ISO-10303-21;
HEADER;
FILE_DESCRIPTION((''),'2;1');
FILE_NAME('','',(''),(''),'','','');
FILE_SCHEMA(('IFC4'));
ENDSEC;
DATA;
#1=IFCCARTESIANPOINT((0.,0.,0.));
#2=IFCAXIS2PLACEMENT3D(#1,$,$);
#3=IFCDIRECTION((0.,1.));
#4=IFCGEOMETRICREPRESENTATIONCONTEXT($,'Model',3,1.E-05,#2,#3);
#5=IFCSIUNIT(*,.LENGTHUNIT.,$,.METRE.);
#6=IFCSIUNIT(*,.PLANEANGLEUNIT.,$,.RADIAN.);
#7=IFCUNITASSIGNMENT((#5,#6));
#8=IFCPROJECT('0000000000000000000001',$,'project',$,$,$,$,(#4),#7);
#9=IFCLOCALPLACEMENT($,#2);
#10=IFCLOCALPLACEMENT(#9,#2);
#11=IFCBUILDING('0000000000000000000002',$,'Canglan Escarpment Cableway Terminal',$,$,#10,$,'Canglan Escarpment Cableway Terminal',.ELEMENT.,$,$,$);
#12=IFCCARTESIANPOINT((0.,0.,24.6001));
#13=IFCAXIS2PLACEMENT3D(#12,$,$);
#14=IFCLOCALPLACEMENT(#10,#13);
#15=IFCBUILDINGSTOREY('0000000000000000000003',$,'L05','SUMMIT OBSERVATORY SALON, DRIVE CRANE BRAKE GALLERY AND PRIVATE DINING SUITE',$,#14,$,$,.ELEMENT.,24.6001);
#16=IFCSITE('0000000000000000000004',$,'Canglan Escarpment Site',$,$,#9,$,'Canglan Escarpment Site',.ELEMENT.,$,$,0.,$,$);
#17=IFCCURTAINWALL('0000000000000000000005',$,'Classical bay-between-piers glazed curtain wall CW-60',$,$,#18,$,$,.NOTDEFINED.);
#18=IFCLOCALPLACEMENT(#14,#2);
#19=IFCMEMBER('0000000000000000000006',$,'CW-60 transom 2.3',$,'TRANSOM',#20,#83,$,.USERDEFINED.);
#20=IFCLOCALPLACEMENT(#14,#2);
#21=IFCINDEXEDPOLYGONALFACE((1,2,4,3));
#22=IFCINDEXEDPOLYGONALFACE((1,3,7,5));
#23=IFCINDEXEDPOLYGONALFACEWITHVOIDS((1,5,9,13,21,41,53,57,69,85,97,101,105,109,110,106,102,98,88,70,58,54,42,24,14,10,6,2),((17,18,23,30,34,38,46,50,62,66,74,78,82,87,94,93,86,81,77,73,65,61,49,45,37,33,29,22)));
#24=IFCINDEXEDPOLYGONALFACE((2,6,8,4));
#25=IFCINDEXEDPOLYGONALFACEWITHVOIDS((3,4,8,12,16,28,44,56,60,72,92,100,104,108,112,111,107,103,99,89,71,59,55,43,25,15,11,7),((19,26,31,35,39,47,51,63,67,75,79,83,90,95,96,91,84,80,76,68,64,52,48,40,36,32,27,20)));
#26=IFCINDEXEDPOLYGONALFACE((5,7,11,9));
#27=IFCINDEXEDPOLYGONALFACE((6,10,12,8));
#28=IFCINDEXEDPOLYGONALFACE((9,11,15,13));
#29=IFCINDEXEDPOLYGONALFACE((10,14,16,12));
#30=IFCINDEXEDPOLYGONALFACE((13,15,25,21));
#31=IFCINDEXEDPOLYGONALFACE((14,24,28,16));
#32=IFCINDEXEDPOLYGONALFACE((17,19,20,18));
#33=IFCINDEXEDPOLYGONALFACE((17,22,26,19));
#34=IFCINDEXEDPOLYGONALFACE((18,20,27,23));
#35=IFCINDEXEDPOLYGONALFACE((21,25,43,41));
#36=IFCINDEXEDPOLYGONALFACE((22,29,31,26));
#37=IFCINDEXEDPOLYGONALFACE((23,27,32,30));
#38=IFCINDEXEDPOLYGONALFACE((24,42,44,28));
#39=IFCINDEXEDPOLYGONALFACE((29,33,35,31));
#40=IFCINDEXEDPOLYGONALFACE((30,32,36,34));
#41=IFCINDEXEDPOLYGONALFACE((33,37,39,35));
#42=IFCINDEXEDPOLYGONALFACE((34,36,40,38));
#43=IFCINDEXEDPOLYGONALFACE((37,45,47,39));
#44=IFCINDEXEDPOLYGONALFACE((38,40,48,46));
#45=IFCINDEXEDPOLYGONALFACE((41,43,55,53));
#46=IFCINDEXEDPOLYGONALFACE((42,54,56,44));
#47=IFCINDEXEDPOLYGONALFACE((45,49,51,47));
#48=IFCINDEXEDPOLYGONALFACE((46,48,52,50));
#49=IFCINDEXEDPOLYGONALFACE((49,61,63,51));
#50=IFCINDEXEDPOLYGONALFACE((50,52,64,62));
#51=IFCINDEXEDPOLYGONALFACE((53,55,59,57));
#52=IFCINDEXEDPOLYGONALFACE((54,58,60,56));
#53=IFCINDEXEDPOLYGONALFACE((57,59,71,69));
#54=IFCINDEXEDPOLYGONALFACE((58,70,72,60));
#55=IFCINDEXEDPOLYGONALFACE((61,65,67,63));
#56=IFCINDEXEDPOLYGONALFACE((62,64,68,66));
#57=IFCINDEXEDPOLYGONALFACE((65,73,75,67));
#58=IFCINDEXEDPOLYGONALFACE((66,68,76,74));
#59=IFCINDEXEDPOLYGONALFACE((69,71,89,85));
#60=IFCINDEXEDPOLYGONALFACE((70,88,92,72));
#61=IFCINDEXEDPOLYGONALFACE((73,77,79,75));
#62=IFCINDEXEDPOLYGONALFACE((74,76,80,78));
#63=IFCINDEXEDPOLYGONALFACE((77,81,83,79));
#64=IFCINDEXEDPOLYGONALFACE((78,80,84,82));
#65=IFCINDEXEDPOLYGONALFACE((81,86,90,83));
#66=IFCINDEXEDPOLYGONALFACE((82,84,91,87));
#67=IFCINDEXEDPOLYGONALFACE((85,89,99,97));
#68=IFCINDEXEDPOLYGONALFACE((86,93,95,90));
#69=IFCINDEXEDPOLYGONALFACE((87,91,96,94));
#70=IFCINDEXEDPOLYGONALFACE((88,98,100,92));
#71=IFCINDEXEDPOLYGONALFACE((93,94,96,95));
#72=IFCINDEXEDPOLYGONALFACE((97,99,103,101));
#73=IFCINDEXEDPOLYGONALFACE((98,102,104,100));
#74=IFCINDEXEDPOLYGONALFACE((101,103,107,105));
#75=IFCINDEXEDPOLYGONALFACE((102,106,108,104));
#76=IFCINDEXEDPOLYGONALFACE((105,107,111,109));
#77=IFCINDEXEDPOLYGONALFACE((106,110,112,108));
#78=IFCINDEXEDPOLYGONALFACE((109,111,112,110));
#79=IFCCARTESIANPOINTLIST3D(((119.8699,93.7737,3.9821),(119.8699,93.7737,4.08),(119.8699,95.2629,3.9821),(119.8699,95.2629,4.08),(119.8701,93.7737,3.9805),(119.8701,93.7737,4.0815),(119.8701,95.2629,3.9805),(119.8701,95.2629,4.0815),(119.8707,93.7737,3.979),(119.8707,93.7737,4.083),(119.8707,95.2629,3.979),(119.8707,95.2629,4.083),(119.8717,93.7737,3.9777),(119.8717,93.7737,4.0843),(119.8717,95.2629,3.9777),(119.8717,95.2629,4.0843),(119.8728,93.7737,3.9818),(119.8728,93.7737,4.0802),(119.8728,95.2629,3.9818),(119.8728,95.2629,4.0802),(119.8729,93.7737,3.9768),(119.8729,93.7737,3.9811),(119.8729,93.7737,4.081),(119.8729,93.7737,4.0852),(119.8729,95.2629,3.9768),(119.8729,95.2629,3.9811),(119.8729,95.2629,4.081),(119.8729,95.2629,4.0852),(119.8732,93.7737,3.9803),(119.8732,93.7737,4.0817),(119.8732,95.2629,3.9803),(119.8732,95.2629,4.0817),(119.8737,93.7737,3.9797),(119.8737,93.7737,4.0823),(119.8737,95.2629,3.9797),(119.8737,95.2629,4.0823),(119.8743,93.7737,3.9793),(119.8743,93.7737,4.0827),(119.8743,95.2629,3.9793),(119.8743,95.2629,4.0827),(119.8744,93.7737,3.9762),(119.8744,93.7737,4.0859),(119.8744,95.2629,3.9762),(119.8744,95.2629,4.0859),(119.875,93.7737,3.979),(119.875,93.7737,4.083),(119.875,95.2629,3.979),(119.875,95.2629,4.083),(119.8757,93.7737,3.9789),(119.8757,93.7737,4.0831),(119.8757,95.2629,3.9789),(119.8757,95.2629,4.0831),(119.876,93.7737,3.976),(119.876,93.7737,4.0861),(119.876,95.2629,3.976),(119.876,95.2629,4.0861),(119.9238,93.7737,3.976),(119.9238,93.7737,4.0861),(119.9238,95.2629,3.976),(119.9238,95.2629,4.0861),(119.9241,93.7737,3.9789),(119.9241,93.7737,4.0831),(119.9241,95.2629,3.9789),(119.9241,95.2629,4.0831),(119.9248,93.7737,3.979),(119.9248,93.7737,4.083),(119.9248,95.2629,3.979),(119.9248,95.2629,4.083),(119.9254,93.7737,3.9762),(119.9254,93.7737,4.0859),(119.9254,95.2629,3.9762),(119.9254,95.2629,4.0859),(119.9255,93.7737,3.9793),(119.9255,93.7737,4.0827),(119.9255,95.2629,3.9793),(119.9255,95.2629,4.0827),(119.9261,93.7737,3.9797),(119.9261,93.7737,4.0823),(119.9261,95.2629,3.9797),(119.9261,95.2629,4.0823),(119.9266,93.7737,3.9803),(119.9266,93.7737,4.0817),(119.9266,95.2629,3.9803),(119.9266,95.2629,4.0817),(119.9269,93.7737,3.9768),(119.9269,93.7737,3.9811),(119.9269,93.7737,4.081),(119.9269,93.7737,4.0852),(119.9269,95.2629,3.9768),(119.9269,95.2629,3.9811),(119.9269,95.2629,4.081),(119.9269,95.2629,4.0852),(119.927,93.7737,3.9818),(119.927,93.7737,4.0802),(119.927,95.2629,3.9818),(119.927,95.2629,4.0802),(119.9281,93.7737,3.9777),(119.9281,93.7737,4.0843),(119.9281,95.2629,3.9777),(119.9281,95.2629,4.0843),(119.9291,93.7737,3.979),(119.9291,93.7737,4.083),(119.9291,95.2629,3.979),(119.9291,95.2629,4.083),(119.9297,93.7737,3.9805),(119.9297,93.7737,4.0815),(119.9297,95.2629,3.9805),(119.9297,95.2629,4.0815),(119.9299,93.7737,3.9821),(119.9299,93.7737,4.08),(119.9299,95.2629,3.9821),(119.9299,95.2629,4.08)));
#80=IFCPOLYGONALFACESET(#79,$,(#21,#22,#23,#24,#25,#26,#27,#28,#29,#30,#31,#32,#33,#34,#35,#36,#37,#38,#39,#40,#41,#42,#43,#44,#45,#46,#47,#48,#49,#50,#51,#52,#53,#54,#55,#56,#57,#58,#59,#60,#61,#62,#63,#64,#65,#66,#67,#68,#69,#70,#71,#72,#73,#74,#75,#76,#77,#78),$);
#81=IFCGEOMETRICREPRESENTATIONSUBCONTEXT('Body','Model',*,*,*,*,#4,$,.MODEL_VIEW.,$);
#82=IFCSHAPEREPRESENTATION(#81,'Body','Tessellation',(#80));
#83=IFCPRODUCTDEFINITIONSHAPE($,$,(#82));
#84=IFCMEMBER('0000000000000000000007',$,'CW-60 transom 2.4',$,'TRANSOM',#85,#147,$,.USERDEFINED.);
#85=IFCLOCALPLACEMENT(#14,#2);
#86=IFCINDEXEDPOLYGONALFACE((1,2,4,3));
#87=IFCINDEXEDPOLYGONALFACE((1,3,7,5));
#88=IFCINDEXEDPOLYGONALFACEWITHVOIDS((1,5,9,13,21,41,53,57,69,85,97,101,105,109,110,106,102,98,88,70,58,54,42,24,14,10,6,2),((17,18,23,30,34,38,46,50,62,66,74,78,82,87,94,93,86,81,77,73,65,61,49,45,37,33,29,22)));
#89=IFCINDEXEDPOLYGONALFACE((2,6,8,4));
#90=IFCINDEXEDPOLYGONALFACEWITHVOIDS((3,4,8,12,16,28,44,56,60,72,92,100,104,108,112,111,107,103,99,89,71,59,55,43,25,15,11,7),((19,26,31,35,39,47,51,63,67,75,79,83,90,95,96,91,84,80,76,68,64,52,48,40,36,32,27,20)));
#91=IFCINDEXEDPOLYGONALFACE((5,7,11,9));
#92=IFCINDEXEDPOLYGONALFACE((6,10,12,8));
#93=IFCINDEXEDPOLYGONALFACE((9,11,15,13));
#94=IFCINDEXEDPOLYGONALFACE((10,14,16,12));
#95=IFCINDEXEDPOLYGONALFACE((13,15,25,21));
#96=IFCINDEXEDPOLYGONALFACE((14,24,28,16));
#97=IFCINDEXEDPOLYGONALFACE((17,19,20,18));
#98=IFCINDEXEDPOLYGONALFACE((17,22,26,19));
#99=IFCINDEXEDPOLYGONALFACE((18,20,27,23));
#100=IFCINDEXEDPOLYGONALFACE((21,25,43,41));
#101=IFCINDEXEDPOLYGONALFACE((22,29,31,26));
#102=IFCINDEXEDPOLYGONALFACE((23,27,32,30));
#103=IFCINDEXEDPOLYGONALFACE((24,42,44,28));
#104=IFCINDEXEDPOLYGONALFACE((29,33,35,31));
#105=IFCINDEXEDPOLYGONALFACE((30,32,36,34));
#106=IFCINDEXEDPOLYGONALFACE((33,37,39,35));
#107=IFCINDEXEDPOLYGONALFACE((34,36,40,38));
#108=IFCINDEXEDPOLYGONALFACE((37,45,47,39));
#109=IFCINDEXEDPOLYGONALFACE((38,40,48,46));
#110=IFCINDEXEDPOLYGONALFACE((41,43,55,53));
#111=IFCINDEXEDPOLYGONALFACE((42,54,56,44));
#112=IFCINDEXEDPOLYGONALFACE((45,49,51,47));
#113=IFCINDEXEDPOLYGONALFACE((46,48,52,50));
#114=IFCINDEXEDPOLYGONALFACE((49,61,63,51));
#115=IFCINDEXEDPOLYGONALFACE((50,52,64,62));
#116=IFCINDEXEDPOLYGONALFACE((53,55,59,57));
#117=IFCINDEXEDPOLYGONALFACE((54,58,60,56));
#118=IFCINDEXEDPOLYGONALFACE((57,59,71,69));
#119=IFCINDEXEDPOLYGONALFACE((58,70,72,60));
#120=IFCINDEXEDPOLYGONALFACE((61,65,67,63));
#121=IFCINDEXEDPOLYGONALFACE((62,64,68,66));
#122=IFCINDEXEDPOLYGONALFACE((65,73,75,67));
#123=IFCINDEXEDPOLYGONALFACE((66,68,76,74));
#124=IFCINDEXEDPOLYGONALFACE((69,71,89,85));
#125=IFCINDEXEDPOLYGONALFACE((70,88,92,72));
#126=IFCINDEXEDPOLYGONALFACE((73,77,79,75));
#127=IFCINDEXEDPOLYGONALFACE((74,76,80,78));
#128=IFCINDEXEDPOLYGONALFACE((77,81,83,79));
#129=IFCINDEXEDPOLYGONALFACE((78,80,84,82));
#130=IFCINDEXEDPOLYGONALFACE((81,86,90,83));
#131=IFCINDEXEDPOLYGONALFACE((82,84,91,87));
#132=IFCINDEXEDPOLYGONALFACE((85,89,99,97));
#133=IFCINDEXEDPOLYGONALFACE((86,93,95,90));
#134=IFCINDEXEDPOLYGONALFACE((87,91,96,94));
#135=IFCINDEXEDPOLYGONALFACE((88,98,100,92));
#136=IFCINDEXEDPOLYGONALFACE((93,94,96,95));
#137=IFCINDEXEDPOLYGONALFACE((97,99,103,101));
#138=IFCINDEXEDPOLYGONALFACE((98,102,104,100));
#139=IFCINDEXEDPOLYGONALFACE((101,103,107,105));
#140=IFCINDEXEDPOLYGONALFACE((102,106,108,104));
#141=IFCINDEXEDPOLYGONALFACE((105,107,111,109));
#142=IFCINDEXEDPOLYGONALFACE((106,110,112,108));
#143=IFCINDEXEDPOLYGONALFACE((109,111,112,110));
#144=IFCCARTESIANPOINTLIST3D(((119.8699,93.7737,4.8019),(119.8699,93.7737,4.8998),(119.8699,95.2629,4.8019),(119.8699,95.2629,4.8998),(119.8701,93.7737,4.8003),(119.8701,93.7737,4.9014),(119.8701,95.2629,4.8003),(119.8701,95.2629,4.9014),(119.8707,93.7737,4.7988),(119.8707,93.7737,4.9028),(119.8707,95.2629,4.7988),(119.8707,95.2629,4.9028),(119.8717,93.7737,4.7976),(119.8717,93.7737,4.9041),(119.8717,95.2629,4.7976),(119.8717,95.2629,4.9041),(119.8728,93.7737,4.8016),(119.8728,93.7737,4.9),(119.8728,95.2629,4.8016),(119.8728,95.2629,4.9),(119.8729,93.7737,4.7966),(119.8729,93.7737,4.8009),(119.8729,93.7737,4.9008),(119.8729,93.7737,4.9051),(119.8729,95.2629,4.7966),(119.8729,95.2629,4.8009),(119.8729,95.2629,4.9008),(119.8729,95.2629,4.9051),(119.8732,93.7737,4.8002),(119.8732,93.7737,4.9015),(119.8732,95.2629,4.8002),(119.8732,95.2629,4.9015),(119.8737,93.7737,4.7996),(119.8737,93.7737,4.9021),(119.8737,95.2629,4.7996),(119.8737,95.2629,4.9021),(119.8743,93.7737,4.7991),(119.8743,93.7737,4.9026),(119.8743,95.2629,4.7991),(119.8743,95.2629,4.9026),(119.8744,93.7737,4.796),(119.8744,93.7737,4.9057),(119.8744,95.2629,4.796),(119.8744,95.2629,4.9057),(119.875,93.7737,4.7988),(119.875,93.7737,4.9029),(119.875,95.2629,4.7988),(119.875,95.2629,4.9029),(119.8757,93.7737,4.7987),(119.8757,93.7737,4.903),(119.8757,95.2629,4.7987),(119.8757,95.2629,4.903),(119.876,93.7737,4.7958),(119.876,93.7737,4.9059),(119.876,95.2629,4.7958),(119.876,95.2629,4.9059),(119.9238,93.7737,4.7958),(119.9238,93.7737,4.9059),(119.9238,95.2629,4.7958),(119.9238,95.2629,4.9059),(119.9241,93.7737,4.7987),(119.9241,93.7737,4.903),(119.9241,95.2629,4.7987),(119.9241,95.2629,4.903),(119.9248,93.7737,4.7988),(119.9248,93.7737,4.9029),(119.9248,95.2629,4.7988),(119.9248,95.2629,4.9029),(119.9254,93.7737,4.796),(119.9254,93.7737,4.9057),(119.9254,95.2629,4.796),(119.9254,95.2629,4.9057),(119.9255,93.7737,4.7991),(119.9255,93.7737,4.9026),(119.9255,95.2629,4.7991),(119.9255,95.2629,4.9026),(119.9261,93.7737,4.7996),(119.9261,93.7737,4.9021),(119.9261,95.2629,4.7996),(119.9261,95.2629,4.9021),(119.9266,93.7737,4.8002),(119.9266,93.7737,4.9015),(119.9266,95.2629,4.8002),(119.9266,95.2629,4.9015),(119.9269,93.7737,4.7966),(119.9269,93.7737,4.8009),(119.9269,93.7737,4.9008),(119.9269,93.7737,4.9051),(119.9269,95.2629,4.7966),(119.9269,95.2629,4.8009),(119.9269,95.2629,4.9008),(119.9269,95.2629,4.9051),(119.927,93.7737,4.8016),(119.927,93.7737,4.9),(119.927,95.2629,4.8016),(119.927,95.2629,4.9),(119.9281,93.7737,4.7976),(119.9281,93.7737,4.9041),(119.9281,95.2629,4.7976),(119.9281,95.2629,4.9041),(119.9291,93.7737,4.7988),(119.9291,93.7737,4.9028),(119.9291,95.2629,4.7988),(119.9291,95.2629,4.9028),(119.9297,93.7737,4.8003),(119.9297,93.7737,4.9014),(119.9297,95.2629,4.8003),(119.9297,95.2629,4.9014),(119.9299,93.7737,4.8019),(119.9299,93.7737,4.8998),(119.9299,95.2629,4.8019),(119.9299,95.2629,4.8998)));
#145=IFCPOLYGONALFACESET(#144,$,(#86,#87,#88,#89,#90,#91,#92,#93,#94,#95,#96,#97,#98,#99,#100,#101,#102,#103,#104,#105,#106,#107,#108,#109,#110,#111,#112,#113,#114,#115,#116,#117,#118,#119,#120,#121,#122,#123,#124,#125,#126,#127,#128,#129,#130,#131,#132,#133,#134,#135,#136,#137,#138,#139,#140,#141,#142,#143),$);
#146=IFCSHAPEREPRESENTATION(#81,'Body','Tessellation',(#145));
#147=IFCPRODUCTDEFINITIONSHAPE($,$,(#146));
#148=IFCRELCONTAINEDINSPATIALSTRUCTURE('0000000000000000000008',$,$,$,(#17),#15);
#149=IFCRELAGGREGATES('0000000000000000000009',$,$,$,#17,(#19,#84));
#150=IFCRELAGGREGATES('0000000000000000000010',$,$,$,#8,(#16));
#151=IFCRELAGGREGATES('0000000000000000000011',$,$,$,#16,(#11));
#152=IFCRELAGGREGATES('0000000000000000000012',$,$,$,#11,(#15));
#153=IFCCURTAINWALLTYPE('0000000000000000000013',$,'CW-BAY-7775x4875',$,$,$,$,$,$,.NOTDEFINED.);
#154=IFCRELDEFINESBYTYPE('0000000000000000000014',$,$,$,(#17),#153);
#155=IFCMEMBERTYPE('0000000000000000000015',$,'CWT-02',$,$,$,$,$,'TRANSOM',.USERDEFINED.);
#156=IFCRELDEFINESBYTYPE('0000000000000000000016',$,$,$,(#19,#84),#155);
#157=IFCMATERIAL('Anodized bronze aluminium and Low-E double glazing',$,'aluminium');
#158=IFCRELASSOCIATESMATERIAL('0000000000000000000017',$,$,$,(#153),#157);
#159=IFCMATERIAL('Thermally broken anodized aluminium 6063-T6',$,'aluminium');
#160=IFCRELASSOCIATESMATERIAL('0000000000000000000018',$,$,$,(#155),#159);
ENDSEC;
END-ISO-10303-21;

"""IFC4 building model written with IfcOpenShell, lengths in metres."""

from ifc_helpers import new_model, si_unit, direction, frame, origin, origin_2d, place, context, subcontext, project, spatial, hollow_rectangle, extrude, material, material_profile, profile_set, type_object, element, aggregate, save


model = new_model("IFC4")

# Units and contexts
model_context = context("Model", 3, precision=1e-05, world=origin(), true_north=direction((0.0, 1.0)))
body_context = subcontext(model_context, "Body", "Model", "MODEL_VIEW")
ifc_project = project(units=[si_unit("LENGTHUNIT", "METRE"), si_unit("PLANEANGLEUNIT", "RADIAN")], contexts=[model_context])

# Site, building, storey
site_placement = place(None, origin())
site = spatial("IfcSite", under=ifc_project, at=site_placement, Name="Canglan Escarpment Site", LongName="Canglan Escarpment Site", CompositionType="ELEMENT", RefElevation=0.0)
building_placement = place(site_placement, origin())
building = spatial("IfcBuilding", under=site, at=building_placement, Name="Canglan Escarpment Cableway Terminal", LongName="Canglan Escarpment Cableway Terminal", CompositionType="ELEMENT")
storey_placement = place(building_placement, frame((0.0, 0.0, 24.6001)))
storey = spatial("IfcBuildingStorey", under=building, at=storey_placement, Name="L05", Description="SUMMIT OBSERVATORY SALON, DRIVE CRANE BRAKE GALLERY AND PRIVATE DINING SUITE", CompositionType="ELEMENT", Elevation=24.6001)

# Shared definitions
ifc_material_1 = material(Name="Anodized bronze aluminium and Low-E double glazing", Category="aluminium")
ifc_material_2 = material(Name="Thermally broken anodized aluminium 6063-T6", Category="aluminium")

# Curtain wall, members
curtain_wall_type_1 = type_object("IfcCurtainWallType", Name="CW-BAY-7775x4875", PredefinedType="NOTDEFINED", material=ifc_material_1)
curtain_wall_1_placement = place(storey_placement, origin())
curtain_wall_1 = element("IfcCurtainWall", 1, at=curtain_wall_1_placement, inside=storey, type_object=curtain_wall_type_1, Name="Classical bay-between-piers glazed curtain wall CW-60", PredefinedType="NOTDEFINED")
ifc_material_profile_1 = material_profile(ifc_material_2, hollow_rectangle(XDim=0.0601, YDim=0.1101, WallThickness=0.0029, InnerFilletRadius=0.0029, OuterFilletRadius=0.0061, at=origin_2d()), Name="ALU-TRAN 60x110x3")
ifc_profile_set_1 = profile_set([ifc_material_profile_1], Name="Thermally broken anodized aluminium 6063-T6")
member_type_1 = type_object("IfcMemberType", Name="CWT-02", ElementType="TRANSOM", PredefinedType="USERDEFINED", material=ifc_profile_set_1)
member_1_placement = place(storey_placement, frame((119.8999, 95.2629, 4.031), z_axis=(0.0, -1.0, 0.0), x_axis=(1.0, 0.0, 0.0)))
member_1 = element("IfcMember", 2, at=member_1_placement, type_object=member_type_1, Name="CW-60 transom 2.3", ObjectType="TRANSOM", PredefinedType="USERDEFINED", context=body_context, shape_type="SweptSolid", body=[
    extrude(hollow_rectangle(XDim=0.0601, YDim=0.1101, WallThickness=0.0029, InnerFilletRadius=0.0029, OuterFilletRadius=0.0061, at=origin_2d()), origin(), (0.0, 0.0, 1.0), 1.4893),
])
member_2_placement = place(storey_placement, frame((119.8999, 95.2629, 4.8508), z_axis=(0.0, -1.0, 0.0), x_axis=(1.0, 0.0, 0.0)))
member_2 = element("IfcMember", 3, at=member_2_placement, type_object=member_type_1, Name="CW-60 transom 2.4", ObjectType="TRANSOM", PredefinedType="USERDEFINED", context=body_context, shape_type="SweptSolid", body=[
    extrude(hollow_rectangle(XDim=0.0601, YDim=0.1101, WallThickness=0.0029, InnerFilletRadius=0.0029, OuterFilletRadius=0.0061, at=origin_2d()), origin(), (0.0, 0.0, 1.0), 1.4893),
])
aggregate(curtain_wall_1, [member_1, member_2])

save(model, "model.ifc")
